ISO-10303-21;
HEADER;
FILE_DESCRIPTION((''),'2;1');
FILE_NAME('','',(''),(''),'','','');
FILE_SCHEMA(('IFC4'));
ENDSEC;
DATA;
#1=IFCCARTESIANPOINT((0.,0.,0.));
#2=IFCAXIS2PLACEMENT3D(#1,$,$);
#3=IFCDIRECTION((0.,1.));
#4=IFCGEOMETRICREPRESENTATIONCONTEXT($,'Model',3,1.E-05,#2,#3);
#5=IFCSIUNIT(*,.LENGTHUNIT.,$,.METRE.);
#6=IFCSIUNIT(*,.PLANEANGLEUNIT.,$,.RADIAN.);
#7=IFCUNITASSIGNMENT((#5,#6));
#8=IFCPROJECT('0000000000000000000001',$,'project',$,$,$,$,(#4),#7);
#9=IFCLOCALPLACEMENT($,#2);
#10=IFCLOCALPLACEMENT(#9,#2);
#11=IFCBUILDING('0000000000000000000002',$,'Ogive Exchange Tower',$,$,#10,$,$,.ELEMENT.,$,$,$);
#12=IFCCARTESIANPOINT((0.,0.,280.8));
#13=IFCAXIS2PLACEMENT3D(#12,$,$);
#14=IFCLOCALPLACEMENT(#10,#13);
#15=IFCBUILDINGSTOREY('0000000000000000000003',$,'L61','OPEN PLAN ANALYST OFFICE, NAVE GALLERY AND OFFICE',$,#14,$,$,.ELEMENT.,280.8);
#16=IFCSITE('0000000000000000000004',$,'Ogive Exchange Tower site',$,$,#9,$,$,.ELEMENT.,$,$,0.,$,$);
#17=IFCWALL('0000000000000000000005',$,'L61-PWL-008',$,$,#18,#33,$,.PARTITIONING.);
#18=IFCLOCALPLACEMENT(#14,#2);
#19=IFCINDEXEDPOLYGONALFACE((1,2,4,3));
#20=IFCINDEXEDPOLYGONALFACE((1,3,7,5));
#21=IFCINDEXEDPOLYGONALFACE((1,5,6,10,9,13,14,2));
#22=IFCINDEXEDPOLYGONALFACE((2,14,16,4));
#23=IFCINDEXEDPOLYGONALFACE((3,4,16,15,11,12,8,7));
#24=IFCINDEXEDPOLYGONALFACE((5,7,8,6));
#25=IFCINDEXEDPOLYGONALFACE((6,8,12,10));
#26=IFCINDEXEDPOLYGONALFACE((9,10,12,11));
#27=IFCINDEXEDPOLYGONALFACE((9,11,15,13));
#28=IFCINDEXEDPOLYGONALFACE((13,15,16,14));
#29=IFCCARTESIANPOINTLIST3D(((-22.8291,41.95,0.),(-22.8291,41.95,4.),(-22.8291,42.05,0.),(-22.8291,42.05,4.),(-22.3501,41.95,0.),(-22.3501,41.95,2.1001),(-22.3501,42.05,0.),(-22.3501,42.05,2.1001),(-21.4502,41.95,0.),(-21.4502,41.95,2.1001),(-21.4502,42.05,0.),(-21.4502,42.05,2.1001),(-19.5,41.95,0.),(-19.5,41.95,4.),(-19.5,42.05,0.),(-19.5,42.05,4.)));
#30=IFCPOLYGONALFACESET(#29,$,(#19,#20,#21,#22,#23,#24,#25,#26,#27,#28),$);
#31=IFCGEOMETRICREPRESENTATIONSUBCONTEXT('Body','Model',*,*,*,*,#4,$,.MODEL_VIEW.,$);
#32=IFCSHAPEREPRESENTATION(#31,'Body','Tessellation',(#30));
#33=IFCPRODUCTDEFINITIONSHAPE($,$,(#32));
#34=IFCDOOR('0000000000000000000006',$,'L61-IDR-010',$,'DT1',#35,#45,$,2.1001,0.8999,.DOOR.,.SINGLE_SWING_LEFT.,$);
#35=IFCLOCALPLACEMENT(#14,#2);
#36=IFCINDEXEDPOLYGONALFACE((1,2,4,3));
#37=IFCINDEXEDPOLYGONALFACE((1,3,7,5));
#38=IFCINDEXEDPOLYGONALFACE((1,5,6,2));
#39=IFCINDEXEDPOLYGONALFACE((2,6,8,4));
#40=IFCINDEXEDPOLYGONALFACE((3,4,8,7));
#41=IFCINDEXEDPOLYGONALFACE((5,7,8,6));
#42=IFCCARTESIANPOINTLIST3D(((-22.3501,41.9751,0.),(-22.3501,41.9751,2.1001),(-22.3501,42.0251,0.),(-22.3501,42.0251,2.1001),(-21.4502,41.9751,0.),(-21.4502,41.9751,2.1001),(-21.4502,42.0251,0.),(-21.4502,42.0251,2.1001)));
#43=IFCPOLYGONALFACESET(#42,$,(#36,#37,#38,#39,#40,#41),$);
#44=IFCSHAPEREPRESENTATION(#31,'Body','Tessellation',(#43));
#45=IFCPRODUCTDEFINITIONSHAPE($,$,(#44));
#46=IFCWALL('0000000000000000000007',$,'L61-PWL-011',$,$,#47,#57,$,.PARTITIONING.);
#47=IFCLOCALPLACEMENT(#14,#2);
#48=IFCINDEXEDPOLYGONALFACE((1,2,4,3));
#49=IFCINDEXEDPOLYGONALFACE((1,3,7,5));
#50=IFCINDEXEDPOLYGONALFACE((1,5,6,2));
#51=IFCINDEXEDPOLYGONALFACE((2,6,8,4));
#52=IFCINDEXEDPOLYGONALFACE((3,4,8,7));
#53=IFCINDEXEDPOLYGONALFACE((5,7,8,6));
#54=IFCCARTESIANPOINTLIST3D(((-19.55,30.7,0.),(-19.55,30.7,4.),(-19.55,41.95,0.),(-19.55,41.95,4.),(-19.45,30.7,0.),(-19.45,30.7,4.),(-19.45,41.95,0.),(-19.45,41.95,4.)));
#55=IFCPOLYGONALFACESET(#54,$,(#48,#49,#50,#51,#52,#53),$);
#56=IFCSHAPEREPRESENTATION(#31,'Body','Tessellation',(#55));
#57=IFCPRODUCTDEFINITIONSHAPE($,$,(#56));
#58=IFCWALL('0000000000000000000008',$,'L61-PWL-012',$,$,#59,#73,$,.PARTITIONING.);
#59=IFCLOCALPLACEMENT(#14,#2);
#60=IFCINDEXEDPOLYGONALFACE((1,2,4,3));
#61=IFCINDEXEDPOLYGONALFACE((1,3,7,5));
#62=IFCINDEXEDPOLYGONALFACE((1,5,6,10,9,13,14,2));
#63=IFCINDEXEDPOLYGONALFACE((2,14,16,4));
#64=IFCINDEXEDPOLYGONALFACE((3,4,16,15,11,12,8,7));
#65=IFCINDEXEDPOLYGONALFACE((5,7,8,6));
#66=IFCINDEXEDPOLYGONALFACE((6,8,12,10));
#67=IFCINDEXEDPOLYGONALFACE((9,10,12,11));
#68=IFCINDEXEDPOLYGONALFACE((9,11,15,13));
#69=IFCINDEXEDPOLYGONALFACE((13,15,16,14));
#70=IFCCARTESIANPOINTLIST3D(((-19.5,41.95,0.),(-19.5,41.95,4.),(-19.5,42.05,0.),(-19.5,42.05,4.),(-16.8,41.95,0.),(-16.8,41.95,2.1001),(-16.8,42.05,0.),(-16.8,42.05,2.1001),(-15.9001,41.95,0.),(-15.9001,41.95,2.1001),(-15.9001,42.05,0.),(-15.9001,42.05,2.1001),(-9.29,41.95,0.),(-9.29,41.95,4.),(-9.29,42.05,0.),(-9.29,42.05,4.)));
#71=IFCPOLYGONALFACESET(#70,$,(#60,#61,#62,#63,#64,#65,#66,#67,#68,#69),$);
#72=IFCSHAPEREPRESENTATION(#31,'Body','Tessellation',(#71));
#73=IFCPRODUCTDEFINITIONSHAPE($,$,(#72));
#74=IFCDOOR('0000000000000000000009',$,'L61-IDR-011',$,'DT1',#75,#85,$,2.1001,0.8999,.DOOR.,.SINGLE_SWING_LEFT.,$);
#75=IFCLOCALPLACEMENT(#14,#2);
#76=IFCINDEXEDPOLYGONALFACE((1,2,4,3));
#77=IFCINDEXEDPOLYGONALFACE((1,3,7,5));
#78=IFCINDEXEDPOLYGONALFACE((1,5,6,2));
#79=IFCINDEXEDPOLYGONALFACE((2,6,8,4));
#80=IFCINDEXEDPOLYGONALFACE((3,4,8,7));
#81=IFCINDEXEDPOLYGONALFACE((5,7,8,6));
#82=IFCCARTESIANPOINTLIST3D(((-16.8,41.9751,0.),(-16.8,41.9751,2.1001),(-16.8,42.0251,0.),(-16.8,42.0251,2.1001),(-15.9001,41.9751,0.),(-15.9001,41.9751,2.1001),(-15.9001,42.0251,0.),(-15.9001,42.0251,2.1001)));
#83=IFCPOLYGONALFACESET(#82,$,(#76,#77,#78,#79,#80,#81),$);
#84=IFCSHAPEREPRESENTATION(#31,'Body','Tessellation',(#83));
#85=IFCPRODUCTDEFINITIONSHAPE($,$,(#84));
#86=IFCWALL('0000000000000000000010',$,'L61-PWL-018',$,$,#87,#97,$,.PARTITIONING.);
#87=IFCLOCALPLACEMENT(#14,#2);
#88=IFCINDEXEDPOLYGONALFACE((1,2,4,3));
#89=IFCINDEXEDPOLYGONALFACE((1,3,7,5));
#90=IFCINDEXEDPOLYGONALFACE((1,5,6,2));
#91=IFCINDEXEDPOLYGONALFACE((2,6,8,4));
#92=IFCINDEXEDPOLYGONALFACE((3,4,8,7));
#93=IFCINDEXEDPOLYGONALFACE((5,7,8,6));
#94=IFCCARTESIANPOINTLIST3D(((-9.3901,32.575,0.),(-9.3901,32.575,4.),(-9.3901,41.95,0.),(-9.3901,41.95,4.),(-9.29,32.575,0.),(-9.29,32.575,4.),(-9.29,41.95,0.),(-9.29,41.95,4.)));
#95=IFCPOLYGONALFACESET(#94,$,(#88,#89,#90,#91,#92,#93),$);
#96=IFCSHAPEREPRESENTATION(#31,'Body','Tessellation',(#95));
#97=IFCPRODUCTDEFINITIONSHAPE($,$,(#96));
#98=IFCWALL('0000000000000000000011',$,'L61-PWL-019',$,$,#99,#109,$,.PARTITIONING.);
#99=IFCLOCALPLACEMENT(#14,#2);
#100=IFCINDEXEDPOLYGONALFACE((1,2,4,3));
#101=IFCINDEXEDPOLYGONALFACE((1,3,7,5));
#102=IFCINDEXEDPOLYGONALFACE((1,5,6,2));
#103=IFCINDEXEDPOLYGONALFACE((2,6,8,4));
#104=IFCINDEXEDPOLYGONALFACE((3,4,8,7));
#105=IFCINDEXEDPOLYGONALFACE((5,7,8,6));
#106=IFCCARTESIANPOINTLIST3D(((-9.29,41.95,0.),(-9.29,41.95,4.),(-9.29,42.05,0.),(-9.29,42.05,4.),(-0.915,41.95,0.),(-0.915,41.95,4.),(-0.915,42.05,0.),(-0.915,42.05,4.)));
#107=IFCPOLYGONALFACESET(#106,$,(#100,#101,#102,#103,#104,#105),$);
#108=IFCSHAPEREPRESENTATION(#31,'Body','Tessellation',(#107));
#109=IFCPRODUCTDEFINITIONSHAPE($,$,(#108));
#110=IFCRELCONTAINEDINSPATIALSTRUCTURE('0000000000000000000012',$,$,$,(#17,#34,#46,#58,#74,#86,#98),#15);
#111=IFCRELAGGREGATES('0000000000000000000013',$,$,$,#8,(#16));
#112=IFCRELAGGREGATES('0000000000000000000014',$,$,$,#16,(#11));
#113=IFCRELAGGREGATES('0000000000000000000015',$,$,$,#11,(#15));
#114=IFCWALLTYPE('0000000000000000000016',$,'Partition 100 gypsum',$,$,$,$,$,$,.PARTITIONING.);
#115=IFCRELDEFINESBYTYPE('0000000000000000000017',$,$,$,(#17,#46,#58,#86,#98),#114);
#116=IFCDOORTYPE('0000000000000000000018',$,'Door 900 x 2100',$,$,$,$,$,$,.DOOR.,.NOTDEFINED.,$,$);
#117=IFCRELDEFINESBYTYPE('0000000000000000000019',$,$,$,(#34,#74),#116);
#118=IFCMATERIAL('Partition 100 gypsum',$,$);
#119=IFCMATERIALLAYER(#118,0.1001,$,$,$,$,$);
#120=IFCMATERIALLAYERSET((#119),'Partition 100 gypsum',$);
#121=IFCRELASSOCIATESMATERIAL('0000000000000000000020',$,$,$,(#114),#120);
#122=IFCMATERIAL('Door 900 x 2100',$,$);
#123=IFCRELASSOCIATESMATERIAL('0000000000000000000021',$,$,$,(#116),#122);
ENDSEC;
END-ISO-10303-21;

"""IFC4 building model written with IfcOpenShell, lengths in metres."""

from ifc_helpers import new_model, si_unit, direction, frame, frame_2d, origin, place, context, subcontext, project, spatial, rectangle, extrude, material, layer, layer_set, type_object, element, fill, save


model = new_model("IFC4")

# Units and contexts
model_context = context("Model", 3, precision=1e-05, world=origin(), true_north=direction((0.0, 1.0)))
body_context = subcontext(model_context, "Body", "Model", "MODEL_VIEW")
ifc_project = project(units=[si_unit("LENGTHUNIT", "METRE"), si_unit("PLANEANGLEUNIT", "RADIAN")], contexts=[model_context])

# Site, building, storey
site_placement = place(None, origin())
site = spatial("IfcSite", under=ifc_project, at=site_placement, Name="Ogive Exchange Tower site", CompositionType="ELEMENT", RefElevation=0.0)
building_placement = place(site_placement, origin())
building = spatial("IfcBuilding", under=site, at=building_placement, Name="Ogive Exchange Tower", CompositionType="ELEMENT")
storey_placement = place(building_placement, frame((0.0, 0.0, 280.8)))
storey = spatial("IfcBuildingStorey", under=building, at=storey_placement, Name="L61", Description="OPEN PLAN ANALYST OFFICE, NAVE GALLERY AND OFFICE", CompositionType="ELEMENT", Elevation=280.8)

# Wall, opening, door
ifc_material_1 = material(Name="Partition 100 gypsum")
ifc_layer_1 = layer(ifc_material_1, 0.1001)
ifc_layer_set_1 = layer_set([ifc_layer_1], Name="Partition 100 gypsum")
wall_type_1 = type_object("IfcWallType", Name="Partition 100 gypsum", PredefinedType="PARTITIONING", material=ifc_layer_set_1)
wall_1_placement = place(storey_placement, frame((-22.8291, 42.0, 0.0), z_axis=(0.0, 0.0, 1.0), x_axis=(1.0, 0.0, 0.0)))
wall_1 = element("IfcWall", 1, at=wall_1_placement, inside=storey, type_object=wall_type_1, Name="L61-PWL-008", PredefinedType="PARTITIONING", context=body_context, shape_type="SweptSolid", body=[
    extrude(rectangle(XDim=3.3291, YDim=0.1001, at=frame_2d((1.6646, 0.0))), origin(), (0.0, 0.0, 1.0), 4.0),
])
opening_1_placement = place(wall_1_placement, frame((0.479, 0.0, 0.0)))
opening_1 = element("IfcOpeningElement", 2, at=opening_1_placement, cuts=wall_1, PredefinedType="OPENING", context=body_context, shape_type="SweptSolid", body=[
    extrude(rectangle(XDim=0.8999, YDim=2.1001, at=frame_2d((0.45, 1.05))), frame((0.0, 0.0601, 0.0), z_axis=(0.0, -1.0, 0.0), x_axis=(1.0, 0.0, 0.0)), (0.0, 0.0, 1.0), 0.1201),
])
ifc_material_2 = material(Name="Door 900 x 2100")
door_type_1 = type_object("IfcDoorType", Name="Door 900 x 2100", OperationType="NOTDEFINED", PredefinedType="DOOR", material=ifc_material_2)
door_1_placement = place(opening_1_placement, frame((0.8999, 0.0, 0.0), z_axis=(0.0, 0.0, 1.0), x_axis=(-1.0, 0.0, 0.0)))
door_1 = element("IfcDoor", 3, at=door_1_placement, inside=storey, type_object=door_type_1, Name="L61-IDR-010", ObjectType="DT1", OperationType="SINGLE_SWING_LEFT", OverallHeight=2.1001, OverallWidth=0.8999, PredefinedType="DOOR", context=body_context, shape_type="SweptSolid", body=[
    extrude(rectangle(XDim=0.8999, YDim=2.1001, at=frame_2d((0.45, 1.05))), frame((0.0, 0.0249, 0.0), z_axis=(0.0, -1.0, 0.0), x_axis=(1.0, 0.0, 0.0)), (0.0, 0.0, 1.0), 0.05),
])
fill(opening_1, door_1)

# Wall
wall_2_placement = place(storey_placement, frame((-19.5, 41.95, 0.0), z_axis=(0.0, 0.0, 1.0), x_axis=(0.0, -1.0, 0.0)))
element("IfcWall", 4, at=wall_2_placement, inside=storey, type_object=wall_type_1, Name="L61-PWL-011", PredefinedType="PARTITIONING", context=body_context, shape_type="SweptSolid", body=[
    extrude(rectangle(XDim=11.25, YDim=0.1001, at=frame_2d((5.625, 0.0))), origin(), (0.0, 0.0, 1.0), 4.0),
])

# Wall, opening, door
wall_3_placement = place(storey_placement, frame((-19.5, 42.0, 0.0), z_axis=(0.0, 0.0, 1.0), x_axis=(1.0, 0.0, 0.0)))
wall_3 = element("IfcWall", 5, at=wall_3_placement, inside=storey, type_object=wall_type_1, Name="L61-PWL-012", PredefinedType="PARTITIONING", context=body_context, shape_type="SweptSolid", body=[
    extrude(rectangle(XDim=10.21, YDim=0.1001, at=frame_2d((5.105, 0.0))), origin(), (0.0, 0.0, 1.0), 4.0),
])
opening_2_placement = place(wall_3_placement, frame((2.7, 0.0, 0.0)))
opening_2 = element("IfcOpeningElement", 6, at=opening_2_placement, cuts=wall_3, PredefinedType="OPENING", context=body_context, shape_type="SweptSolid", body=[
    extrude(rectangle(XDim=0.8999, YDim=2.1001, at=frame_2d((0.45, 1.05))), frame((0.0, 0.0601, 0.0), z_axis=(0.0, -1.0, 0.0), x_axis=(1.0, 0.0, 0.0)), (0.0, 0.0, 1.0), 0.1201),
])
door_2_placement = place(opening_2_placement, frame((0.8999, 0.0, 0.0), z_axis=(0.0, 0.0, 1.0), x_axis=(-1.0, 0.0, 0.0)))
door_2 = element("IfcDoor", 7, at=door_2_placement, inside=storey, type_object=door_type_1, Name="L61-IDR-011", ObjectType="DT1", OperationType="SINGLE_SWING_LEFT", OverallHeight=2.1001, OverallWidth=0.8999, PredefinedType="DOOR", context=body_context, shape_type="SweptSolid", body=[
    extrude(rectangle(XDim=0.8999, YDim=2.1001, at=frame_2d((0.45, 1.05))), frame((0.0, 0.0249, 0.0), z_axis=(0.0, -1.0, 0.0), x_axis=(1.0, 0.0, 0.0)), (0.0, 0.0, 1.0), 0.05),
])
fill(opening_2, door_2)

# Walls
wall_4_placement = place(storey_placement, frame((-9.3401, 41.95, 0.0), z_axis=(0.0, 0.0, 1.0), x_axis=(0.0, -1.0, 0.0)))
element("IfcWall", 8, at=wall_4_placement, inside=storey, type_object=wall_type_1, Name="L61-PWL-018", PredefinedType="PARTITIONING", context=body_context, shape_type="SweptSolid", body=[
    extrude(rectangle(XDim=9.375, YDim=0.1001, at=frame_2d((4.6875, 0.0))), origin(), (0.0, 0.0, 1.0), 4.0),
])
wall_5_placement = place(storey_placement, frame((-9.29, 42.0, 0.0), z_axis=(0.0, 0.0, 1.0), x_axis=(1.0, 0.0, 0.0)))
element("IfcWall", 9, at=wall_5_placement, inside=storey, type_object=wall_type_1, Name="L61-PWL-019", PredefinedType="PARTITIONING", context=body_context, shape_type="SweptSolid", body=[
    extrude(rectangle(XDim=8.375, YDim=0.1001, at=frame_2d((4.1875, 0.0))), origin(), (0.0, 0.0, 1.0), 4.0),
])

save(model, "model.ifc")
